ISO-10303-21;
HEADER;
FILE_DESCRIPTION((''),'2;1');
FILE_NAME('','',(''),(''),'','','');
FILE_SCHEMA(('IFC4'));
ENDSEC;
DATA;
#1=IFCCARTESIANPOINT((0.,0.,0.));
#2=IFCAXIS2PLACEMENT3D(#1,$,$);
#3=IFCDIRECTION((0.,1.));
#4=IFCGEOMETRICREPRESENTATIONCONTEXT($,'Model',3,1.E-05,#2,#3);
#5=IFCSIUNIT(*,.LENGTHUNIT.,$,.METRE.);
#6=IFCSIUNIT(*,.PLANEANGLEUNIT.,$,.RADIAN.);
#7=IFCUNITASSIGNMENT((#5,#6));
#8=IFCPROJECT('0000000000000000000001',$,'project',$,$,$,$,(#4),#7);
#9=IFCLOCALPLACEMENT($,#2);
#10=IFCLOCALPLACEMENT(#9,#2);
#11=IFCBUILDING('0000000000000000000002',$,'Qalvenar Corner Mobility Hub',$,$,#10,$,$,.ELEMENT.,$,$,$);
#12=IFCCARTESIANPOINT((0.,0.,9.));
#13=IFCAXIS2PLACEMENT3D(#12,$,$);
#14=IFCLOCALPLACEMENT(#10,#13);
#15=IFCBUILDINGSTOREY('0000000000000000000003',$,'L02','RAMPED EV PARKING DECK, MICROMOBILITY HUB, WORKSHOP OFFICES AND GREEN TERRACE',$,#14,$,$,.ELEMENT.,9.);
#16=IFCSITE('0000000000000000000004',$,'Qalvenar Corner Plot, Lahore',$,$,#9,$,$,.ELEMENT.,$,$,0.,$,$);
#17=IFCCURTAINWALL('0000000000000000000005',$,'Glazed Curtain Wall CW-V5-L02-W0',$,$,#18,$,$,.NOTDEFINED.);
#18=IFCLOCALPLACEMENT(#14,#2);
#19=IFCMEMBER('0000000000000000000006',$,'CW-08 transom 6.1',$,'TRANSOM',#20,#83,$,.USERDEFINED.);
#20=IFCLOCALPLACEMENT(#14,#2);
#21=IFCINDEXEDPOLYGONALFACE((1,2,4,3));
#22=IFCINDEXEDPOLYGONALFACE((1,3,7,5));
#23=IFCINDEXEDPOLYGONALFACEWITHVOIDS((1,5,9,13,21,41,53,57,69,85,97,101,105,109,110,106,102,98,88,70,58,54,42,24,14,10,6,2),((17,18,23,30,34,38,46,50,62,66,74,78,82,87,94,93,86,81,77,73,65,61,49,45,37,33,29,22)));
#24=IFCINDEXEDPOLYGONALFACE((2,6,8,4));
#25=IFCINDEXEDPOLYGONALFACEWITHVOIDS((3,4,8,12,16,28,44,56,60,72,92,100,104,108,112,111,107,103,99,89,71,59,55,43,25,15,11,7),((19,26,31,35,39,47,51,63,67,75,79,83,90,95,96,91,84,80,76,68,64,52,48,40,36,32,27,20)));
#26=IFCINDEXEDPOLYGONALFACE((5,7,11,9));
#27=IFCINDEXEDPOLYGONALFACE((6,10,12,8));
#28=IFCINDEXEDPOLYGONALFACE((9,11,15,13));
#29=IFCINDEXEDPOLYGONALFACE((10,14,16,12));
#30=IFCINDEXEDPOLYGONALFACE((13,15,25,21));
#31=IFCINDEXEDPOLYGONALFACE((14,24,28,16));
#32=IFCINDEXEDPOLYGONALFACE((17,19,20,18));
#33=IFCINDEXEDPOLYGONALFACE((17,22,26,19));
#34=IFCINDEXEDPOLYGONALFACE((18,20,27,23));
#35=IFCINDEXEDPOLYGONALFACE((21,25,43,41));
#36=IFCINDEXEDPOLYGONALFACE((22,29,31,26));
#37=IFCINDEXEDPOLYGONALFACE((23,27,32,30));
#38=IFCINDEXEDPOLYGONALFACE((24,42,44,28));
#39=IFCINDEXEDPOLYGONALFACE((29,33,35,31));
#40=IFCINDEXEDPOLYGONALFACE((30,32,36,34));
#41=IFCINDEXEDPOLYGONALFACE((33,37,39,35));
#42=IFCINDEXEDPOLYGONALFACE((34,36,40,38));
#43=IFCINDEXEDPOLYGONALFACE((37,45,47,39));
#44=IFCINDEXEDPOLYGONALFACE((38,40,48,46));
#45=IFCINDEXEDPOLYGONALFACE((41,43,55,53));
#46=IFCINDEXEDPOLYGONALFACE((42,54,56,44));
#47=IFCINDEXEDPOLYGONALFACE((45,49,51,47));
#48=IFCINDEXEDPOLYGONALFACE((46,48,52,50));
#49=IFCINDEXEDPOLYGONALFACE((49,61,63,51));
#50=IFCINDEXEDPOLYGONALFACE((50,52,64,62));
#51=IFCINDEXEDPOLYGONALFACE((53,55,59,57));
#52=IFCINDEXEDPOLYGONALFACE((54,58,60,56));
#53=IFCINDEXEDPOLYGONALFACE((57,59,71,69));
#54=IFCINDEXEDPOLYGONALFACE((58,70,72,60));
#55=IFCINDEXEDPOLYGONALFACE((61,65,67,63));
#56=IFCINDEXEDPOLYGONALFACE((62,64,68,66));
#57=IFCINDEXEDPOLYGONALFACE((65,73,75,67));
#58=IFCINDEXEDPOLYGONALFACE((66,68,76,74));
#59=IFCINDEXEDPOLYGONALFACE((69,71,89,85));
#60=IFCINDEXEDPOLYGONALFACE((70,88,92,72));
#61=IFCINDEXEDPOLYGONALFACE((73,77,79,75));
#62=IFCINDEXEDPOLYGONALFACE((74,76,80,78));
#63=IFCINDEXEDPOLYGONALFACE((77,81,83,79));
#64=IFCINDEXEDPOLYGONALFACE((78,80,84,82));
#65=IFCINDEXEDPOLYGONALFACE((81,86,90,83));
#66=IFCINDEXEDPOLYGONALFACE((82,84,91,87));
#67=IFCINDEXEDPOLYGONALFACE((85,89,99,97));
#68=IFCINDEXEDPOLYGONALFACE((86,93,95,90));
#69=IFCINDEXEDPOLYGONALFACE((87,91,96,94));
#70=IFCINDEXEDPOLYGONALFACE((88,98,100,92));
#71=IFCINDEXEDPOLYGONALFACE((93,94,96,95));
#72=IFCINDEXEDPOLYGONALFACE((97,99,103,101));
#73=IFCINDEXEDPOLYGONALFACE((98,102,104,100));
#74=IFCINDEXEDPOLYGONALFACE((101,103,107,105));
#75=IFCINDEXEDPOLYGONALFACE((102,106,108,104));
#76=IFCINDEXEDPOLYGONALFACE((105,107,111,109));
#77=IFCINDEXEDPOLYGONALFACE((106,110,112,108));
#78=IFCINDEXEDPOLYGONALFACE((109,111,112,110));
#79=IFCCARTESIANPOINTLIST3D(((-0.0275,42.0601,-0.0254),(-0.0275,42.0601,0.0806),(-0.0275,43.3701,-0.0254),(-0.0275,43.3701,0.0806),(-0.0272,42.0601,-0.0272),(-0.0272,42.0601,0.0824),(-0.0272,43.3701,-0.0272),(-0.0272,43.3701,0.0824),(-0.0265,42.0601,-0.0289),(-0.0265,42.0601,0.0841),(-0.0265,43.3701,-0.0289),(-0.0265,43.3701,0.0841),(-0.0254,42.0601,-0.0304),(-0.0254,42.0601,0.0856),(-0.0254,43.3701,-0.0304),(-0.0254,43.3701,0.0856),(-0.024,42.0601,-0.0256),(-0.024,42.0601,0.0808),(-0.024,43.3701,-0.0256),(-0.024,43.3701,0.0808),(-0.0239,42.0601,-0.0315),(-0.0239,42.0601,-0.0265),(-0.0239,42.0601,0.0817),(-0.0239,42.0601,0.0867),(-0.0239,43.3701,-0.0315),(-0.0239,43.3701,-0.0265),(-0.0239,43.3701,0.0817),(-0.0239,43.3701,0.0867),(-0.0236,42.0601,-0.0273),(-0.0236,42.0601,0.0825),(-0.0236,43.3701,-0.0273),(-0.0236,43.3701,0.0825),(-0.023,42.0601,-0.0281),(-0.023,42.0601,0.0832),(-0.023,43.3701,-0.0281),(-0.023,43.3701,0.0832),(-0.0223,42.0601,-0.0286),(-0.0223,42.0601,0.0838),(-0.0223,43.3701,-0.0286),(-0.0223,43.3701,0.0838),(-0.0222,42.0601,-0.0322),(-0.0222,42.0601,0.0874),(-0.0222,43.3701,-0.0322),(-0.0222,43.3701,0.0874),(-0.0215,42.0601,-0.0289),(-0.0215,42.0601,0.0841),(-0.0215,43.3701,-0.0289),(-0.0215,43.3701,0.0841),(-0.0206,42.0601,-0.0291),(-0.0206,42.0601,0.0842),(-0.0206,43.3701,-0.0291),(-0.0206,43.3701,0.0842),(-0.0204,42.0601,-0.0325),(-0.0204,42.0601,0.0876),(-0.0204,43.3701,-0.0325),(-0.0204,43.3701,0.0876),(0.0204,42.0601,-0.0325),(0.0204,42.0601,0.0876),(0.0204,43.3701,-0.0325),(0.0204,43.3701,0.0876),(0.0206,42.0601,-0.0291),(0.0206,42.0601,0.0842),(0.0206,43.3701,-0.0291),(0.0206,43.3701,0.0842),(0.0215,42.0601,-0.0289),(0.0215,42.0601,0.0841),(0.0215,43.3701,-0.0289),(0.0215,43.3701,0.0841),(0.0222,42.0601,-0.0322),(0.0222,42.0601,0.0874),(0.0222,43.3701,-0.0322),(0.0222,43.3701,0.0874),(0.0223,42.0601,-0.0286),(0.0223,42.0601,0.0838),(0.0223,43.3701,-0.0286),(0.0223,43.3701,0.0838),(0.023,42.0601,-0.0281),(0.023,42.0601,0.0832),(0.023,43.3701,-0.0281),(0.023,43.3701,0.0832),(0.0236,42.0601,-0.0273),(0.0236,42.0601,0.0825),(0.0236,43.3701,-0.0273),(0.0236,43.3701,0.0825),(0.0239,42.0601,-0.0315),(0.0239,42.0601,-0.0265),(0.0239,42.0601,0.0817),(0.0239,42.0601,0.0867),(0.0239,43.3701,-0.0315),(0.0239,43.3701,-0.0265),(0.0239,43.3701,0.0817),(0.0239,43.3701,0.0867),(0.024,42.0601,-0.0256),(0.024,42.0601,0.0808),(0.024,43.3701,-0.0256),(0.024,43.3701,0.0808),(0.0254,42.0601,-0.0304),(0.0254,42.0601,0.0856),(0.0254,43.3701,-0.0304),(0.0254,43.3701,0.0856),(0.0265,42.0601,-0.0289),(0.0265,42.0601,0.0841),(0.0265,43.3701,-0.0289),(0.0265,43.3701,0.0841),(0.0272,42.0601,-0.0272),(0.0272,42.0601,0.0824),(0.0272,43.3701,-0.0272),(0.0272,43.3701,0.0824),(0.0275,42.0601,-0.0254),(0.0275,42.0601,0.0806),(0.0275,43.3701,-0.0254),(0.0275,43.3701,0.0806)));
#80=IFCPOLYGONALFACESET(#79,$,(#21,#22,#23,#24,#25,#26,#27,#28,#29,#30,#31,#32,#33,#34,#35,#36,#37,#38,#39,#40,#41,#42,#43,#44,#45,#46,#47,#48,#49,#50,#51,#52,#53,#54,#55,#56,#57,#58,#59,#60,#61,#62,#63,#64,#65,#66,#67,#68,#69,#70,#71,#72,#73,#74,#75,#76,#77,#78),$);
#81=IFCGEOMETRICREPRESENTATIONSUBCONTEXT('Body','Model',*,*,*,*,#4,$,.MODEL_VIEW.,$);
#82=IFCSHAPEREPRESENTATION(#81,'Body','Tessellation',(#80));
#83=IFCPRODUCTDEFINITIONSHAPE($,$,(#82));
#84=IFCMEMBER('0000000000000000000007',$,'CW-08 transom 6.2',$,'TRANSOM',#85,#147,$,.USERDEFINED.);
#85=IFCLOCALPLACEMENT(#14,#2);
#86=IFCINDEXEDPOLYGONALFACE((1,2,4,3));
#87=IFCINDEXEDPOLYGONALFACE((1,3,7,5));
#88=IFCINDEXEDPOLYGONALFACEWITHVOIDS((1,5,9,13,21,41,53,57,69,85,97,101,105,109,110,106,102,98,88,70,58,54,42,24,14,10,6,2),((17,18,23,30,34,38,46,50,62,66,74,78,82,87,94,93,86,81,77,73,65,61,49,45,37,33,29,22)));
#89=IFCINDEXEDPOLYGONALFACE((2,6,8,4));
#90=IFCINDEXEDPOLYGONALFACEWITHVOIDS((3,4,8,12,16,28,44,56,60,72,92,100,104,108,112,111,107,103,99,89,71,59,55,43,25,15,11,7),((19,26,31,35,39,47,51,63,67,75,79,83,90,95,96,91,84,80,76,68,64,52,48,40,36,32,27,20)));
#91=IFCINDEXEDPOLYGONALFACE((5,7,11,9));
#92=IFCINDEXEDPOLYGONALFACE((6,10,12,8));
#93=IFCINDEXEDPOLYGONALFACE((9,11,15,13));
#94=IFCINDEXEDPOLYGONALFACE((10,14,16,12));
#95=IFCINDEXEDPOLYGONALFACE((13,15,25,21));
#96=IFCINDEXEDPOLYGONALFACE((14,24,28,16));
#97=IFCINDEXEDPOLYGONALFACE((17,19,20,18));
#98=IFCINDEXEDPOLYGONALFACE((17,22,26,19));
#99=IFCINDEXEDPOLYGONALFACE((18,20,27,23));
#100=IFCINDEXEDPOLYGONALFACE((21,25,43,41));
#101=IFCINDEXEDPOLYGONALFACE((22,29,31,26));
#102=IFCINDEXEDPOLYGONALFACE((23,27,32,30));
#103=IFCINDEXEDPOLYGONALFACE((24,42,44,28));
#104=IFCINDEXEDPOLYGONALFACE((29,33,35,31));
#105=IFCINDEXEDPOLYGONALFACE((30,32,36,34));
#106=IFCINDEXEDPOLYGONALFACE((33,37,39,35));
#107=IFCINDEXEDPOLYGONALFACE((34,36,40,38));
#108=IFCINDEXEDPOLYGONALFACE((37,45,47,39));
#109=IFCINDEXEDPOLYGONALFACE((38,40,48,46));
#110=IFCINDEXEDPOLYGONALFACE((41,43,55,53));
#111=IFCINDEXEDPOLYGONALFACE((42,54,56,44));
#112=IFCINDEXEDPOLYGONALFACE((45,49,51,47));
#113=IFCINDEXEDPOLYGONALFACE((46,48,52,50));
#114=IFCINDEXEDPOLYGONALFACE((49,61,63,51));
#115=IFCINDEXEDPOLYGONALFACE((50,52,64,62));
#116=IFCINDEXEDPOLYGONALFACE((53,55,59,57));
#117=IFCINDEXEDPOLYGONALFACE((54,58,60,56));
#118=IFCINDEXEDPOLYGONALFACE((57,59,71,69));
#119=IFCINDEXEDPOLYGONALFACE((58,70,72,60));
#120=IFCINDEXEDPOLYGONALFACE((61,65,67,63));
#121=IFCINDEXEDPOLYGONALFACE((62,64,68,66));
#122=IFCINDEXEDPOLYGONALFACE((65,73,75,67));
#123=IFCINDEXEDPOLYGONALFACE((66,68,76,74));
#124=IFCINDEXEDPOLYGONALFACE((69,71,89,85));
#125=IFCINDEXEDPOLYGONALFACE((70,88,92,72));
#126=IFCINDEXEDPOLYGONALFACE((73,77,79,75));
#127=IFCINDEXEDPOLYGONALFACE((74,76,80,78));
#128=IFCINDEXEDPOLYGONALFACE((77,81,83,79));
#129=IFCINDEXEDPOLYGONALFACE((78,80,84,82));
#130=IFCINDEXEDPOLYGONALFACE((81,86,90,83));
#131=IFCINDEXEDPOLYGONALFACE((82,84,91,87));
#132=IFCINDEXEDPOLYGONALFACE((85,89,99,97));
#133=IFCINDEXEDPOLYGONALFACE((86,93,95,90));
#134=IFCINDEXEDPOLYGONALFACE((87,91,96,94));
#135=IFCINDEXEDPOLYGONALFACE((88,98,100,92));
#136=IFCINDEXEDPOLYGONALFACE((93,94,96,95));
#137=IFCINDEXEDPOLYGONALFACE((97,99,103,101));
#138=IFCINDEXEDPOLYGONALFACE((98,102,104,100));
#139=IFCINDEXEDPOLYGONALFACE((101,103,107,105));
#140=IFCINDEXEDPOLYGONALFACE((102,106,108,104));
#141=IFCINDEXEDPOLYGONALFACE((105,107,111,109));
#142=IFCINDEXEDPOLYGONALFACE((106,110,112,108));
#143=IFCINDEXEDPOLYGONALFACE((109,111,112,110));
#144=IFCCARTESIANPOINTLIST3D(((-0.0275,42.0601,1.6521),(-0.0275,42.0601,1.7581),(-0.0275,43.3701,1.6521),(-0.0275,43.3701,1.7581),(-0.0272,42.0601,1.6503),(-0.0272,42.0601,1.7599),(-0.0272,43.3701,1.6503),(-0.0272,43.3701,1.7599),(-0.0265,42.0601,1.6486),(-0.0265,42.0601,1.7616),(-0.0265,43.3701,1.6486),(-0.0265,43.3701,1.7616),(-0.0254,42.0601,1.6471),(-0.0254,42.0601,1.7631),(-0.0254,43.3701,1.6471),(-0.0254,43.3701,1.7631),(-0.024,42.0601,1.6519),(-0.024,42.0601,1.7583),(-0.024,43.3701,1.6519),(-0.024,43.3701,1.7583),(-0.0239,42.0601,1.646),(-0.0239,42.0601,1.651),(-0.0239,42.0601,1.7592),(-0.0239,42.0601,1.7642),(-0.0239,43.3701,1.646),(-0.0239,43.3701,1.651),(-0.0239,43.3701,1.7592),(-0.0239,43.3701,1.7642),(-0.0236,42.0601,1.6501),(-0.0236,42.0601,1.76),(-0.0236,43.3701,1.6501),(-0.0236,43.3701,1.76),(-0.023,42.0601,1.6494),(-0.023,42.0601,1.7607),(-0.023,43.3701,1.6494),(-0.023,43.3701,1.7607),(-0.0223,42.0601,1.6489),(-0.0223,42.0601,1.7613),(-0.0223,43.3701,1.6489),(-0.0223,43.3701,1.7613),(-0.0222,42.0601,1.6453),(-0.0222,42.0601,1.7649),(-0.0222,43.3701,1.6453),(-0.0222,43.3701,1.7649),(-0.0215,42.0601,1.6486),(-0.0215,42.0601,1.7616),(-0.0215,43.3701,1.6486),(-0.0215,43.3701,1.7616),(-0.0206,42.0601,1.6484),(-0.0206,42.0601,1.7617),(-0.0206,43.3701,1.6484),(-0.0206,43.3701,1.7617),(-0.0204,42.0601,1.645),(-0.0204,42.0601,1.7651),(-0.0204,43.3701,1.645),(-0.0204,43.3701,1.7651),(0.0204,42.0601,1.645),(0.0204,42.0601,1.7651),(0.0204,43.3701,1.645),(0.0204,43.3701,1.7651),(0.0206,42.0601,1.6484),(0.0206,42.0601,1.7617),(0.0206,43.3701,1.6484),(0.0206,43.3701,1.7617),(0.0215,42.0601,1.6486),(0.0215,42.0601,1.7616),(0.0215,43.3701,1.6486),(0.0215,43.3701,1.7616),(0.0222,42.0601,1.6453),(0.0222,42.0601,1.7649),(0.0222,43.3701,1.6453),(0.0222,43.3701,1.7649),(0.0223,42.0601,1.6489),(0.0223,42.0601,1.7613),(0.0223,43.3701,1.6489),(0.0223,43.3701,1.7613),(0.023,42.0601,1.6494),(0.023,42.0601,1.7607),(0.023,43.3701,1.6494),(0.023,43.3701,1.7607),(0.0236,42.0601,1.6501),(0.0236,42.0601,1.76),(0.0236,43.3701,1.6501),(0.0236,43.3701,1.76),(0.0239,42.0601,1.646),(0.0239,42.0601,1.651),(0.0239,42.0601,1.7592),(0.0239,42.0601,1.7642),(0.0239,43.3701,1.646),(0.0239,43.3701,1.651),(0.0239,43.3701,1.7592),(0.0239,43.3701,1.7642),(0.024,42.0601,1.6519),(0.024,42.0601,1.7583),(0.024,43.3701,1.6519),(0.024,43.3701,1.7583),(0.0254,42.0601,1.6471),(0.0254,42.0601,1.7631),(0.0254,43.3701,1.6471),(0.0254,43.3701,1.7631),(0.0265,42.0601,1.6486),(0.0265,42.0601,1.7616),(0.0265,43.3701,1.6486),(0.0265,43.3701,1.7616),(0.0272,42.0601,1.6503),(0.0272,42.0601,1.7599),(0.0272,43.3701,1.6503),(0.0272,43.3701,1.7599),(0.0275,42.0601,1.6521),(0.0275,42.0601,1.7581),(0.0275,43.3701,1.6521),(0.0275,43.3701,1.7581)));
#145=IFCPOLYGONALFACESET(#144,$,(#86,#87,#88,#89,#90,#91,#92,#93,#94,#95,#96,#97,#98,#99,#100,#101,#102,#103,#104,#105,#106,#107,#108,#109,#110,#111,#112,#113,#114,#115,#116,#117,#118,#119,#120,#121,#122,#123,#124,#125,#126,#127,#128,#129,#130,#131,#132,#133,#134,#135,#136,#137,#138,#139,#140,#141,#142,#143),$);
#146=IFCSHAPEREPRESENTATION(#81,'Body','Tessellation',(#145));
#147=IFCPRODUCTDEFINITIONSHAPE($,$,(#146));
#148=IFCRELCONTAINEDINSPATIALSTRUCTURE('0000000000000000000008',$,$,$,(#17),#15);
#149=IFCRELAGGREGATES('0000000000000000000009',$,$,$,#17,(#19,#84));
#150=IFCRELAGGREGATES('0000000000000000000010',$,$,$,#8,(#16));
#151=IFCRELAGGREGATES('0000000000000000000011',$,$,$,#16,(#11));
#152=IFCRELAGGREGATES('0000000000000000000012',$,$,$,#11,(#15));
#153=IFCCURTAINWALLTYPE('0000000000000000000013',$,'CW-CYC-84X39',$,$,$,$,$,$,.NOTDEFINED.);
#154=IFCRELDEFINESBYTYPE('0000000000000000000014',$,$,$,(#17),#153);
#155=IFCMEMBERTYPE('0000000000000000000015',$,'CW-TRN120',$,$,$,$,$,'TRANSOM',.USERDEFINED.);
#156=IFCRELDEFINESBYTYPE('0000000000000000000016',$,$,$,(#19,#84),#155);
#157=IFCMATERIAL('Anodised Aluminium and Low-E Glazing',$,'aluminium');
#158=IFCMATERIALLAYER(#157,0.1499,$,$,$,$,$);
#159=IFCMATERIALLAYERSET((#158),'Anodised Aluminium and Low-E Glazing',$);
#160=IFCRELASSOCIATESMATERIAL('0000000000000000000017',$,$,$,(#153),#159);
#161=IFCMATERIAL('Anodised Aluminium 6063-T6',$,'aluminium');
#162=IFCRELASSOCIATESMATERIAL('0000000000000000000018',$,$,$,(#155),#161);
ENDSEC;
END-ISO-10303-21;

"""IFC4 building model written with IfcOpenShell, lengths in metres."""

from ifc_helpers import new_model, si_unit, direction, frame, origin, origin_2d, place, context, subcontext, project, spatial, hollow_rectangle, extrude, material, layer, layer_set, material_profile, profile_set, type_object, element, aggregate, save


model = new_model("IFC4")

# Units and contexts
model_context = context("Model", 3, precision=1e-05, world=origin(), true_north=direction((0.0, 1.0)))
body_context = subcontext(model_context, "Body", "Model", "MODEL_VIEW")
ifc_project = project(units=[si_unit("LENGTHUNIT", "METRE"), si_unit("PLANEANGLEUNIT", "RADIAN")], contexts=[model_context])

# Site, building, storey
site_placement = place(None, origin())
site = spatial("IfcSite", under=ifc_project, at=site_placement, Name="Qalvenar Corner Plot, Lahore", CompositionType="ELEMENT", RefElevation=0.0)
building_placement = place(site_placement, origin())
building = spatial("IfcBuilding", under=site, at=building_placement, Name="Qalvenar Corner Mobility Hub", CompositionType="ELEMENT")
storey_placement = place(building_placement, frame((0.0, 0.0, 9.0)))
storey = spatial("IfcBuildingStorey", under=building, at=storey_placement, Name="L02", Description="RAMPED EV PARKING DECK, MICROMOBILITY HUB, WORKSHOP OFFICES AND GREEN TERRACE", CompositionType="ELEMENT", Elevation=9.0)

# Curtain wall, members
ifc_material_1 = material(Name="Anodised Aluminium and Low-E Glazing", Category="aluminium")
ifc_layer_1 = layer(ifc_material_1, 0.1499)
ifc_layer_set_1 = layer_set([ifc_layer_1], Name="Anodised Aluminium and Low-E Glazing")
curtain_wall_type = type_object("IfcCurtainWallType", Name="CW-CYC-84X39", PredefinedType="NOTDEFINED", material=ifc_layer_set_1)
curtain_wall_placement = place(storey_placement, origin())
curtain_wall = element("IfcCurtainWall", 1, at=curtain_wall_placement, inside=storey, type_object=curtain_wall_type, Name="Glazed Curtain Wall CW-V5-L02-W0", PredefinedType="NOTDEFINED")
ifc_material_2 = material(Name="Anodised Aluminium 6063-T6", Category="aluminium")
ifc_material_profile_1 = material_profile(ifc_material_2, hollow_rectangle(XDim=0.0549, YDim=0.1201, WallThickness=0.0034, InnerFilletRadius=0.0034, OuterFilletRadius=0.0071, at=origin_2d()), Name="RHS120x55x3.5")
ifc_profile_set_1 = profile_set([ifc_material_profile_1], Name="Anodised Aluminium 6063-T6")
member_type_1 = type_object("IfcMemberType", Name="CW-TRN120", ElementType="TRANSOM", PredefinedType="USERDEFINED", material=ifc_profile_set_1)
member_1_placement = place(storey_placement, frame((0.0, 43.3701, 0.0276), z_axis=(0.0, -1.0, 0.0), x_axis=(1.0, 0.0, 0.0)))
member_1 = element("IfcMember", 2, at=member_1_placement, type_object=member_type_1, Name="CW-08 transom 6.1", ObjectType="TRANSOM", PredefinedType="USERDEFINED", context=body_context, shape_type="SweptSolid", body=[
    extrude(hollow_rectangle(XDim=0.0549, YDim=0.1201, WallThickness=0.0034, InnerFilletRadius=0.0034, OuterFilletRadius=0.0071, at=origin_2d()), origin(), (0.0, 0.0, 1.0), 1.3101),
])
member_2_placement = place(storey_placement, frame((0.0, 43.3701, 1.7051), z_axis=(0.0, -1.0, 0.0), x_axis=(1.0, 0.0, 0.0)))
member_2 = element("IfcMember", 3, at=member_2_placement, type_object=member_type_1, Name="CW-08 transom 6.2", ObjectType="TRANSOM", PredefinedType="USERDEFINED", context=body_context, shape_type="SweptSolid", body=[
    extrude(hollow_rectangle(XDim=0.0549, YDim=0.1201, WallThickness=0.0034, InnerFilletRadius=0.0034, OuterFilletRadius=0.0071, at=origin_2d()), origin(), (0.0, 0.0, 1.0), 1.3101),
])
aggregate(curtain_wall, [member_1, member_2])

save(model, "model.ifc")
